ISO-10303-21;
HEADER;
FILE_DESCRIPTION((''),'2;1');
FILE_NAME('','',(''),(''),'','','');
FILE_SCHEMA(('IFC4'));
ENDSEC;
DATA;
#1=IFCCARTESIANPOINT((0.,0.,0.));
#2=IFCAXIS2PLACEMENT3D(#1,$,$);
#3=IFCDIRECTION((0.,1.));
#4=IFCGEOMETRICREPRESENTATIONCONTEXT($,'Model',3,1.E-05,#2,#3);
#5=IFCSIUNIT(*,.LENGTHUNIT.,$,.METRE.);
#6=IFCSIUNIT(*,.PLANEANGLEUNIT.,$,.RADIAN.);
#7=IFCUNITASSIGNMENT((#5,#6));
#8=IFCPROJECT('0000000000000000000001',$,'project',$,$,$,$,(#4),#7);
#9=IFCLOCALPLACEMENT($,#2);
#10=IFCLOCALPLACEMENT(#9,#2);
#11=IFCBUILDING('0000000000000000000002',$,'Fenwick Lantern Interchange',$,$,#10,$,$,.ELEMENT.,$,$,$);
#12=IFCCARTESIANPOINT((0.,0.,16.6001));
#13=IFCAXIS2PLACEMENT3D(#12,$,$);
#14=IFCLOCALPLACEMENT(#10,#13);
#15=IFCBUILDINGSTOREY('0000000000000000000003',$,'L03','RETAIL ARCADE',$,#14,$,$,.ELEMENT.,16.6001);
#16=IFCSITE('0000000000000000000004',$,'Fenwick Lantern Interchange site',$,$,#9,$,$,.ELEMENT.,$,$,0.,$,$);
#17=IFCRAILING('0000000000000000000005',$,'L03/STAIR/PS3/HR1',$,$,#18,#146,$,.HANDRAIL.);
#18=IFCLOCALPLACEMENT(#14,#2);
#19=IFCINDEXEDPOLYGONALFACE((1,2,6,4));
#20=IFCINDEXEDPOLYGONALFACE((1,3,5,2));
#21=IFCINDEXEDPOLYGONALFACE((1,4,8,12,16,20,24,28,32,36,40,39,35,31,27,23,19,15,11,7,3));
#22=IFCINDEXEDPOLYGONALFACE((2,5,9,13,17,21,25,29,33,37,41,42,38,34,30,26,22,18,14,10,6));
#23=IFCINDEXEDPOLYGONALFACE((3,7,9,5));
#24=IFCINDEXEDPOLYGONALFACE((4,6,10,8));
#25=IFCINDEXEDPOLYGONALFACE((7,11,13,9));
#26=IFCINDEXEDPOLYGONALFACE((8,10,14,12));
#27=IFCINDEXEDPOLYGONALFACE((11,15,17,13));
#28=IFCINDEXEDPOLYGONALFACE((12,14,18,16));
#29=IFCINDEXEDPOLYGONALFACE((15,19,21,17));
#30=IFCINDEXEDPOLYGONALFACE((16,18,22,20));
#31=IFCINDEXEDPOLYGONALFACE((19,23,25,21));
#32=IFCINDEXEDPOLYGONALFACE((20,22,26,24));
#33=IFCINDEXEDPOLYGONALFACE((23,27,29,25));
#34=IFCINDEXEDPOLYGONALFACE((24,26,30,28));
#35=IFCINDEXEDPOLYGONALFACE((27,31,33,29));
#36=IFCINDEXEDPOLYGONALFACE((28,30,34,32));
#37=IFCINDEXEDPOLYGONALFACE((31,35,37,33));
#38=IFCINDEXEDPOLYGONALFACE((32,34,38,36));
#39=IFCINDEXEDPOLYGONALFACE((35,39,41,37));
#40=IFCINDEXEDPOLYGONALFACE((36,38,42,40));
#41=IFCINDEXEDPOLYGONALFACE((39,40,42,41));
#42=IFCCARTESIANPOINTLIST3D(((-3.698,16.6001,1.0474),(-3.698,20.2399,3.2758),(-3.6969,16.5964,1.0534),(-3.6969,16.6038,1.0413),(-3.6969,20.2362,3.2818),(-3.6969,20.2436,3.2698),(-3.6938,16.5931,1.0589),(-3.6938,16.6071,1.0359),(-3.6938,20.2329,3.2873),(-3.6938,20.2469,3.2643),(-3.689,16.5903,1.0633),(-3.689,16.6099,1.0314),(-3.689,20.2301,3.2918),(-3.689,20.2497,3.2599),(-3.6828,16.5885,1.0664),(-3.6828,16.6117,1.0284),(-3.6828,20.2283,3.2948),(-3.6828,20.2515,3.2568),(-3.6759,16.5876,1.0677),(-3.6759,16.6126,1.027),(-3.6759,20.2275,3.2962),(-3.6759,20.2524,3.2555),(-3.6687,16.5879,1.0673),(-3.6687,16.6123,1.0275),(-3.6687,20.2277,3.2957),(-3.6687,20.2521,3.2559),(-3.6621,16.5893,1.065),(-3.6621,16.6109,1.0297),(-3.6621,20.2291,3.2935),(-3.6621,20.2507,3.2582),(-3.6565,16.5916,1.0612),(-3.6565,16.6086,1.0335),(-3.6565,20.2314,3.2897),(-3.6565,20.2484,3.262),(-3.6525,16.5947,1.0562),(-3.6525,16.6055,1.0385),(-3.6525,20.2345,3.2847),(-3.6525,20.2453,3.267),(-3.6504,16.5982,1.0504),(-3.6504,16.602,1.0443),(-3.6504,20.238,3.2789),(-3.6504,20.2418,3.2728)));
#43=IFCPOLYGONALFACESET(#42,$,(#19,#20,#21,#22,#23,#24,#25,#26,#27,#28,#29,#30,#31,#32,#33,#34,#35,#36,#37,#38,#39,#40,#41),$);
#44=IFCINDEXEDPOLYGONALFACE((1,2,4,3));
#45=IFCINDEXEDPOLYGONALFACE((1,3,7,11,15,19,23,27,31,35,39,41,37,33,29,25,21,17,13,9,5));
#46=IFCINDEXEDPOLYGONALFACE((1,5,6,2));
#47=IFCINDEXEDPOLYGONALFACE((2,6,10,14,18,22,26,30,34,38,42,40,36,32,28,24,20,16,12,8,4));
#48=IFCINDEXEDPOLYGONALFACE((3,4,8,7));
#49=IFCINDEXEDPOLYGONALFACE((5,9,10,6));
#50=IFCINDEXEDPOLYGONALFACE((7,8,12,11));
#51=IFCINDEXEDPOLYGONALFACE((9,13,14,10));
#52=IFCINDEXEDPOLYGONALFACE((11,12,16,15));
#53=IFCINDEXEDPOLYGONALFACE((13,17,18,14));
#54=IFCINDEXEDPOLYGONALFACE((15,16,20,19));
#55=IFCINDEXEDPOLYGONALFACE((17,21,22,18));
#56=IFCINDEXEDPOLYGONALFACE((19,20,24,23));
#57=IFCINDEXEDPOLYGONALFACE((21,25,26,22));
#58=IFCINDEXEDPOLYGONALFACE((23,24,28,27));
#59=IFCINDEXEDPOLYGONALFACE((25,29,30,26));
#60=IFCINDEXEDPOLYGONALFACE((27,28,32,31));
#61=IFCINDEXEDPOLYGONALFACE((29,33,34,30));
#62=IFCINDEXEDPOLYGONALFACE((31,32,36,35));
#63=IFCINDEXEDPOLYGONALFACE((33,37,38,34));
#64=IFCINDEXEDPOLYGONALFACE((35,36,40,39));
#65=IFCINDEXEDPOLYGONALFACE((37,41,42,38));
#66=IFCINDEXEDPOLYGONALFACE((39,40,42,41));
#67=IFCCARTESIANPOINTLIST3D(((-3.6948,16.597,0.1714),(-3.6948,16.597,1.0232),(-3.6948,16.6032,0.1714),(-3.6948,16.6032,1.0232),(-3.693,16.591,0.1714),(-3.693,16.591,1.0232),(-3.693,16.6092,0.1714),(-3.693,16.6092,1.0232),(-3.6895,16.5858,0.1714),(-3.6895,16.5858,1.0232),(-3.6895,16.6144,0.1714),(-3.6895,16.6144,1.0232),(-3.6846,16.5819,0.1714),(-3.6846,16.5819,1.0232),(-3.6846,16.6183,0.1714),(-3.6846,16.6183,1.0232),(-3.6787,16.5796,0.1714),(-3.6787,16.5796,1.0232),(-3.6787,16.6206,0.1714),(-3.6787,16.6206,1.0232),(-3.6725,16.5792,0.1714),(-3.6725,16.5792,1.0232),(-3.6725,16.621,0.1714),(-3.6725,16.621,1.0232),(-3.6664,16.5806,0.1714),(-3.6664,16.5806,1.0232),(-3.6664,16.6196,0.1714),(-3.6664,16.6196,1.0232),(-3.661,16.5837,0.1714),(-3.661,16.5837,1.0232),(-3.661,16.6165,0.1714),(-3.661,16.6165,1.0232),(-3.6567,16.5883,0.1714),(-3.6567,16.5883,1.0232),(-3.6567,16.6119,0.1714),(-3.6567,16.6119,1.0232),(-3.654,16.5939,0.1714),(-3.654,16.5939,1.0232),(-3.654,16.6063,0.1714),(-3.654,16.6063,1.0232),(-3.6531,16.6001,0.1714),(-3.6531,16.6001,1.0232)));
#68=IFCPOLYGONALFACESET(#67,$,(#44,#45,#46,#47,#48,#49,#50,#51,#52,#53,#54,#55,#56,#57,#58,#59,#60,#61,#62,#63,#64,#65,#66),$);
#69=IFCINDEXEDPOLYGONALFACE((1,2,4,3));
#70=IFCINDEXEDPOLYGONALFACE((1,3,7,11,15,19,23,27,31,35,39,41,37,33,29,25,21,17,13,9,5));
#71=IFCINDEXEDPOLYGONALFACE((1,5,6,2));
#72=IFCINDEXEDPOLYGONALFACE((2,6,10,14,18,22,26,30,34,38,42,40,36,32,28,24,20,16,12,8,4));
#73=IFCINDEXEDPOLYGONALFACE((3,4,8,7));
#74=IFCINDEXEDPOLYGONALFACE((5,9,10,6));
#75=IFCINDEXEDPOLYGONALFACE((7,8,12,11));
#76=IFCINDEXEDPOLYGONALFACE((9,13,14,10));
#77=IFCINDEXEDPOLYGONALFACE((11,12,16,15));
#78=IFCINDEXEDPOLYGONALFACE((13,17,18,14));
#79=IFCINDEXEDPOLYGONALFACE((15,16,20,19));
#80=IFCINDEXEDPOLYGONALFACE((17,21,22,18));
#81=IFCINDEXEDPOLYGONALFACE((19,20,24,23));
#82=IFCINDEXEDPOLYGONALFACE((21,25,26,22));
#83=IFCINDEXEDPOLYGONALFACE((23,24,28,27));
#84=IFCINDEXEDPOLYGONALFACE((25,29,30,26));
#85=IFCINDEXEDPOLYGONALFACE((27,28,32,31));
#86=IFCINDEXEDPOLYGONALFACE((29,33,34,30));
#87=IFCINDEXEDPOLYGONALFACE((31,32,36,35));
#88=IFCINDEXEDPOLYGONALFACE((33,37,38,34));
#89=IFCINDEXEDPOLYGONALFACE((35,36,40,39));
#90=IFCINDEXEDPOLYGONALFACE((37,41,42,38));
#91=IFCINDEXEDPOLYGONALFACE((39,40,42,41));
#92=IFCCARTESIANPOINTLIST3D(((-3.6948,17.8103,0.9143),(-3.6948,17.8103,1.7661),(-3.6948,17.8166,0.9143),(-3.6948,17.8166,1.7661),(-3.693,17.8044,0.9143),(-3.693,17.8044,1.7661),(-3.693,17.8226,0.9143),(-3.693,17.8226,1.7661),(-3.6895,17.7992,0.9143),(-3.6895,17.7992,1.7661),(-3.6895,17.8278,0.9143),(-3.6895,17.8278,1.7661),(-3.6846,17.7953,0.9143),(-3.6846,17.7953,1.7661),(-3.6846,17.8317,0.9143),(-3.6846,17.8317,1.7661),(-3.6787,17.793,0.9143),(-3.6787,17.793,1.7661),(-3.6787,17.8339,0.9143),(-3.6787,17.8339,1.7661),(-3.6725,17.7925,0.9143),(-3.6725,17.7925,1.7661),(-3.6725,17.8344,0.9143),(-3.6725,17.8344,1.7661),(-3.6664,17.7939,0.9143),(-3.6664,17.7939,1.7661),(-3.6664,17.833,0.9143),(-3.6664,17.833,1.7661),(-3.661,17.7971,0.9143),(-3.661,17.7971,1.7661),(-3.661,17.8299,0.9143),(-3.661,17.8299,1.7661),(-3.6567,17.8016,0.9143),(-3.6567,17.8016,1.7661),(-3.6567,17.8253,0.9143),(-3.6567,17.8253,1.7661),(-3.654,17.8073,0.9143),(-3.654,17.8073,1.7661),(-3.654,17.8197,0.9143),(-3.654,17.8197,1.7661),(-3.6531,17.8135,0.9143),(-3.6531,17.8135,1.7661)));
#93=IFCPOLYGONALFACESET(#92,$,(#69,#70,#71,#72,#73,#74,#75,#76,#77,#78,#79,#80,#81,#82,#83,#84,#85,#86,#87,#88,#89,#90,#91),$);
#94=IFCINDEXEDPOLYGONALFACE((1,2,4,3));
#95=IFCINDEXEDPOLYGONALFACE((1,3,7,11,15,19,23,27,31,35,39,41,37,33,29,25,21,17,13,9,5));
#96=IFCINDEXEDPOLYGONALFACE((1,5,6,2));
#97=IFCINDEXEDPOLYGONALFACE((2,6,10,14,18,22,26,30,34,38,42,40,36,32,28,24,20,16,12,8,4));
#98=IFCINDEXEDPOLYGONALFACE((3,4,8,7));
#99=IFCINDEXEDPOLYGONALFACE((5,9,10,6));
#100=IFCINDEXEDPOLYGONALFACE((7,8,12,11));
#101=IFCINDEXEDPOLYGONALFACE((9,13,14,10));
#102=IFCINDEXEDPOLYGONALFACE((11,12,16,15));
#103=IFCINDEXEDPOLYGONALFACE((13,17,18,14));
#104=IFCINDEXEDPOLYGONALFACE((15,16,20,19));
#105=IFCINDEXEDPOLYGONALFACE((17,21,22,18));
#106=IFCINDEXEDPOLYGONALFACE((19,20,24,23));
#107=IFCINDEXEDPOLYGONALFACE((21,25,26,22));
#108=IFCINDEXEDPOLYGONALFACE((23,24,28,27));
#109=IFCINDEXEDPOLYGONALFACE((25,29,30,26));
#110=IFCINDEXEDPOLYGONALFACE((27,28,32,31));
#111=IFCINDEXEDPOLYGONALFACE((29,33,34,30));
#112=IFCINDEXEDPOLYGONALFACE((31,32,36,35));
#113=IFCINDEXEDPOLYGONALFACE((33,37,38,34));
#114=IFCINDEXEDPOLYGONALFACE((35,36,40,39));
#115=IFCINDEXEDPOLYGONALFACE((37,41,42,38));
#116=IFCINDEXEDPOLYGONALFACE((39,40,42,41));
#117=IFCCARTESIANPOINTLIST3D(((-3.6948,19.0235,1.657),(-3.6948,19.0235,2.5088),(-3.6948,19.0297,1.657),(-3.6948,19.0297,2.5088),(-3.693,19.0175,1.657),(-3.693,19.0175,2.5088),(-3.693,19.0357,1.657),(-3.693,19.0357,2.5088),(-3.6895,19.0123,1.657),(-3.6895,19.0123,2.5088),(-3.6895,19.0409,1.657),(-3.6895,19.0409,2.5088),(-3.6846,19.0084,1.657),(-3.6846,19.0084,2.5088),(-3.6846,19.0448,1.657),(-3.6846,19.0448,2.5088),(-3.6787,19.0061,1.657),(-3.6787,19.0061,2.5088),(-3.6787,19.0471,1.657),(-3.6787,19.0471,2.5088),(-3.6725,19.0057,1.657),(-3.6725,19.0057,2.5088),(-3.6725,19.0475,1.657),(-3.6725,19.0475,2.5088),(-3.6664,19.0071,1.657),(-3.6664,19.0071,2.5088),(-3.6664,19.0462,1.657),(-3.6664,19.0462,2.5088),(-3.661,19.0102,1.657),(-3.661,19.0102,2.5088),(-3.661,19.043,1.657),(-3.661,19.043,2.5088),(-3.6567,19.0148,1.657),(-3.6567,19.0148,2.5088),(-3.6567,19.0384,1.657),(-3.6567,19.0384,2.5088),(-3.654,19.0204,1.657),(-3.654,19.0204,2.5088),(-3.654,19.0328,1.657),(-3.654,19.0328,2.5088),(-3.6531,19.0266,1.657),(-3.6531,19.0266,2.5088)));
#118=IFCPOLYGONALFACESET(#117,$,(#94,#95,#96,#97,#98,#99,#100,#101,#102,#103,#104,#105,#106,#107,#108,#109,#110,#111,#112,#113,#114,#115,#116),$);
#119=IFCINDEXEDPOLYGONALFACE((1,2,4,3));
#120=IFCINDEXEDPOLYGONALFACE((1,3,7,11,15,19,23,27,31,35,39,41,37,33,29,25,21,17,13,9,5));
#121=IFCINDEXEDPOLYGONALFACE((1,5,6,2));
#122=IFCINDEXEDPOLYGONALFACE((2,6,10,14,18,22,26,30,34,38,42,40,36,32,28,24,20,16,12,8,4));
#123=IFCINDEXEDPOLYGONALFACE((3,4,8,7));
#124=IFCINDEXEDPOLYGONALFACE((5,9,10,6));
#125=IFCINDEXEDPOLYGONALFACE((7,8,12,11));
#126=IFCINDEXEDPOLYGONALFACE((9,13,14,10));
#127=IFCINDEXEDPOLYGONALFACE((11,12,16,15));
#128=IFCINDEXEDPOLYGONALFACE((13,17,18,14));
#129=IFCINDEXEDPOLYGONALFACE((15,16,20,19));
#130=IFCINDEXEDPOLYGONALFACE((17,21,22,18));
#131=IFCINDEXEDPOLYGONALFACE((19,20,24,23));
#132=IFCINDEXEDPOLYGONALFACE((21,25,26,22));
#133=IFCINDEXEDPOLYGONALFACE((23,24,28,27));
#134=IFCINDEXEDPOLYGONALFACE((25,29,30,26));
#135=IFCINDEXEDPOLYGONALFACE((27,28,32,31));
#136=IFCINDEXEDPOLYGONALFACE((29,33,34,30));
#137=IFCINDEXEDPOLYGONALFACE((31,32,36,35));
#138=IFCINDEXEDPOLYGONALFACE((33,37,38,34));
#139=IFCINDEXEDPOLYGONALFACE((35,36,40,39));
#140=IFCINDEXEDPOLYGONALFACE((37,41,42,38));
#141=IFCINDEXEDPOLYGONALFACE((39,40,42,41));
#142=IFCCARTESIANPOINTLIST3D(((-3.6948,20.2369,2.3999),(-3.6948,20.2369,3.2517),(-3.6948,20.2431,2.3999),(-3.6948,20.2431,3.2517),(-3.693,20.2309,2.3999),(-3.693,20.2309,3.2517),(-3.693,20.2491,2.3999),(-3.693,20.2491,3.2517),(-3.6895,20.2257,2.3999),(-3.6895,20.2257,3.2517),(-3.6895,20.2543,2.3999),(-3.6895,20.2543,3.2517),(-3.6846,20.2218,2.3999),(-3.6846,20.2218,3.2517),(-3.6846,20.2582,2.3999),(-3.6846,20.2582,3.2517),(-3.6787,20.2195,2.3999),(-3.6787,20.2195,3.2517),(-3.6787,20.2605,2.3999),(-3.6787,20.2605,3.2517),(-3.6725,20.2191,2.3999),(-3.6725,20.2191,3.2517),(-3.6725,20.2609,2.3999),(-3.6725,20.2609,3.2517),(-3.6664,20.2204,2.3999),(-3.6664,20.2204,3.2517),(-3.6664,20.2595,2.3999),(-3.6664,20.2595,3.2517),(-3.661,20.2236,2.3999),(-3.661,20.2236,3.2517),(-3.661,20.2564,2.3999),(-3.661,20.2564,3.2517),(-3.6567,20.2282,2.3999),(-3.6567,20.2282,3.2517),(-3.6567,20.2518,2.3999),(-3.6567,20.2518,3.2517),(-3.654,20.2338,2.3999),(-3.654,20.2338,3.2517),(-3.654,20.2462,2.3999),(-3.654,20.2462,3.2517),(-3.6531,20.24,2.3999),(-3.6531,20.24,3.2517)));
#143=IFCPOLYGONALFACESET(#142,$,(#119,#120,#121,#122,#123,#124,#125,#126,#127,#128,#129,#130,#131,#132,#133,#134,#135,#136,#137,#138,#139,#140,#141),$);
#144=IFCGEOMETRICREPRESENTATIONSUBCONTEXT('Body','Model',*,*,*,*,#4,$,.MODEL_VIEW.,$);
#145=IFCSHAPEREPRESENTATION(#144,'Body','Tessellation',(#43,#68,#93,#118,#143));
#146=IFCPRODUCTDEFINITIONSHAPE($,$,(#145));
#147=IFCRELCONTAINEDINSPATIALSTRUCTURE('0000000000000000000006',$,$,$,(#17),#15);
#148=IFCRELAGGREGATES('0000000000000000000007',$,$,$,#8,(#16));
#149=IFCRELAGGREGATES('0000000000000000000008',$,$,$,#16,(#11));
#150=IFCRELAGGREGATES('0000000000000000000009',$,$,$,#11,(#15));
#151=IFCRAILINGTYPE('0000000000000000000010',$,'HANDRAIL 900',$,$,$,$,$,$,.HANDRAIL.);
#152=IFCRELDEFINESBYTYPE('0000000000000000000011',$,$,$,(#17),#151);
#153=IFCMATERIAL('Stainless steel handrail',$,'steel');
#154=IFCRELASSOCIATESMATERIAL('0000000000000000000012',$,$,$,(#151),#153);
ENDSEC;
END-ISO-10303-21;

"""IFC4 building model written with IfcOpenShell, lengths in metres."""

from ifc_helpers import new_model, si_unit, direction, frame, origin, origin_2d, place, context, subcontext, project, spatial, circle, extrude, material, type_object, element, save


model = new_model("IFC4")

# Units and contexts
model_context = context("Model", 3, precision=1e-05, world=origin(), true_north=direction((0.0, 1.0)))
body_context = subcontext(model_context, "Body", "Model", "MODEL_VIEW")
ifc_project = project(units=[si_unit("LENGTHUNIT", "METRE"), si_unit("PLANEANGLEUNIT", "RADIAN")], contexts=[model_context])

# Site, building, storey
site_placement = place(None, origin())
site = spatial("IfcSite", under=ifc_project, at=site_placement, Name="Fenwick Lantern Interchange site", CompositionType="ELEMENT", RefElevation=0.0)
building_placement = place(site_placement, origin())
building = spatial("IfcBuilding", under=site, at=building_placement, Name="Fenwick Lantern Interchange", CompositionType="ELEMENT")
storey_placement = place(building_placement, frame((0.0, 0.0, 16.6001)))
storey = spatial("IfcBuildingStorey", under=building, at=storey_placement, Name="L03", Description="RETAIL ARCADE", CompositionType="ELEMENT", Elevation=16.6001)

# Railing
ifc_material_1 = material(Name="Stainless steel handrail", Category="steel")
railing_type = type_object("IfcRailingType", Name="HANDRAIL 900", PredefinedType="HANDRAIL", material=ifc_material_1)
railing_1_placement = place(storey_placement, frame((-3.6741, 16.6001, 0.1714)))
element("IfcRailing", 1, at=railing_1_placement, inside=storey, type_object=railing_type, Name="L03/STAIR/PS3/HR1", PredefinedType="HANDRAIL", context=body_context, shape_type="SweptSolid", body=[
    extrude(circle(Radius=0.0239, at=origin_2d()), frame((0.0, 0.0, 0.876), z_axis=(0.0, 0.85285, 0.522156), x_axis=(-1.0, 0.0, 0.0)), (0.0, 0.0, 1.0), 4.2678),
    extrude(circle(Radius=0.021, at=origin_2d()), origin(), (0.0, 0.0, 1.0), 0.8518),
    extrude(circle(Radius=0.021, at=origin_2d()), frame((0.0, 1.2134, 0.7429)), (0.0, 0.0, 1.0), 0.8518),
    extrude(circle(Radius=0.021, at=origin_2d()), frame((0.0, 2.4265, 1.4856)), (0.0, 0.0, 1.0), 0.8518),
    extrude(circle(Radius=0.021, at=origin_2d()), frame((0.0, 3.6399, 2.2285)), (0.0, 0.0, 1.0), 0.8518),
])

save(model, "model.ifc")
